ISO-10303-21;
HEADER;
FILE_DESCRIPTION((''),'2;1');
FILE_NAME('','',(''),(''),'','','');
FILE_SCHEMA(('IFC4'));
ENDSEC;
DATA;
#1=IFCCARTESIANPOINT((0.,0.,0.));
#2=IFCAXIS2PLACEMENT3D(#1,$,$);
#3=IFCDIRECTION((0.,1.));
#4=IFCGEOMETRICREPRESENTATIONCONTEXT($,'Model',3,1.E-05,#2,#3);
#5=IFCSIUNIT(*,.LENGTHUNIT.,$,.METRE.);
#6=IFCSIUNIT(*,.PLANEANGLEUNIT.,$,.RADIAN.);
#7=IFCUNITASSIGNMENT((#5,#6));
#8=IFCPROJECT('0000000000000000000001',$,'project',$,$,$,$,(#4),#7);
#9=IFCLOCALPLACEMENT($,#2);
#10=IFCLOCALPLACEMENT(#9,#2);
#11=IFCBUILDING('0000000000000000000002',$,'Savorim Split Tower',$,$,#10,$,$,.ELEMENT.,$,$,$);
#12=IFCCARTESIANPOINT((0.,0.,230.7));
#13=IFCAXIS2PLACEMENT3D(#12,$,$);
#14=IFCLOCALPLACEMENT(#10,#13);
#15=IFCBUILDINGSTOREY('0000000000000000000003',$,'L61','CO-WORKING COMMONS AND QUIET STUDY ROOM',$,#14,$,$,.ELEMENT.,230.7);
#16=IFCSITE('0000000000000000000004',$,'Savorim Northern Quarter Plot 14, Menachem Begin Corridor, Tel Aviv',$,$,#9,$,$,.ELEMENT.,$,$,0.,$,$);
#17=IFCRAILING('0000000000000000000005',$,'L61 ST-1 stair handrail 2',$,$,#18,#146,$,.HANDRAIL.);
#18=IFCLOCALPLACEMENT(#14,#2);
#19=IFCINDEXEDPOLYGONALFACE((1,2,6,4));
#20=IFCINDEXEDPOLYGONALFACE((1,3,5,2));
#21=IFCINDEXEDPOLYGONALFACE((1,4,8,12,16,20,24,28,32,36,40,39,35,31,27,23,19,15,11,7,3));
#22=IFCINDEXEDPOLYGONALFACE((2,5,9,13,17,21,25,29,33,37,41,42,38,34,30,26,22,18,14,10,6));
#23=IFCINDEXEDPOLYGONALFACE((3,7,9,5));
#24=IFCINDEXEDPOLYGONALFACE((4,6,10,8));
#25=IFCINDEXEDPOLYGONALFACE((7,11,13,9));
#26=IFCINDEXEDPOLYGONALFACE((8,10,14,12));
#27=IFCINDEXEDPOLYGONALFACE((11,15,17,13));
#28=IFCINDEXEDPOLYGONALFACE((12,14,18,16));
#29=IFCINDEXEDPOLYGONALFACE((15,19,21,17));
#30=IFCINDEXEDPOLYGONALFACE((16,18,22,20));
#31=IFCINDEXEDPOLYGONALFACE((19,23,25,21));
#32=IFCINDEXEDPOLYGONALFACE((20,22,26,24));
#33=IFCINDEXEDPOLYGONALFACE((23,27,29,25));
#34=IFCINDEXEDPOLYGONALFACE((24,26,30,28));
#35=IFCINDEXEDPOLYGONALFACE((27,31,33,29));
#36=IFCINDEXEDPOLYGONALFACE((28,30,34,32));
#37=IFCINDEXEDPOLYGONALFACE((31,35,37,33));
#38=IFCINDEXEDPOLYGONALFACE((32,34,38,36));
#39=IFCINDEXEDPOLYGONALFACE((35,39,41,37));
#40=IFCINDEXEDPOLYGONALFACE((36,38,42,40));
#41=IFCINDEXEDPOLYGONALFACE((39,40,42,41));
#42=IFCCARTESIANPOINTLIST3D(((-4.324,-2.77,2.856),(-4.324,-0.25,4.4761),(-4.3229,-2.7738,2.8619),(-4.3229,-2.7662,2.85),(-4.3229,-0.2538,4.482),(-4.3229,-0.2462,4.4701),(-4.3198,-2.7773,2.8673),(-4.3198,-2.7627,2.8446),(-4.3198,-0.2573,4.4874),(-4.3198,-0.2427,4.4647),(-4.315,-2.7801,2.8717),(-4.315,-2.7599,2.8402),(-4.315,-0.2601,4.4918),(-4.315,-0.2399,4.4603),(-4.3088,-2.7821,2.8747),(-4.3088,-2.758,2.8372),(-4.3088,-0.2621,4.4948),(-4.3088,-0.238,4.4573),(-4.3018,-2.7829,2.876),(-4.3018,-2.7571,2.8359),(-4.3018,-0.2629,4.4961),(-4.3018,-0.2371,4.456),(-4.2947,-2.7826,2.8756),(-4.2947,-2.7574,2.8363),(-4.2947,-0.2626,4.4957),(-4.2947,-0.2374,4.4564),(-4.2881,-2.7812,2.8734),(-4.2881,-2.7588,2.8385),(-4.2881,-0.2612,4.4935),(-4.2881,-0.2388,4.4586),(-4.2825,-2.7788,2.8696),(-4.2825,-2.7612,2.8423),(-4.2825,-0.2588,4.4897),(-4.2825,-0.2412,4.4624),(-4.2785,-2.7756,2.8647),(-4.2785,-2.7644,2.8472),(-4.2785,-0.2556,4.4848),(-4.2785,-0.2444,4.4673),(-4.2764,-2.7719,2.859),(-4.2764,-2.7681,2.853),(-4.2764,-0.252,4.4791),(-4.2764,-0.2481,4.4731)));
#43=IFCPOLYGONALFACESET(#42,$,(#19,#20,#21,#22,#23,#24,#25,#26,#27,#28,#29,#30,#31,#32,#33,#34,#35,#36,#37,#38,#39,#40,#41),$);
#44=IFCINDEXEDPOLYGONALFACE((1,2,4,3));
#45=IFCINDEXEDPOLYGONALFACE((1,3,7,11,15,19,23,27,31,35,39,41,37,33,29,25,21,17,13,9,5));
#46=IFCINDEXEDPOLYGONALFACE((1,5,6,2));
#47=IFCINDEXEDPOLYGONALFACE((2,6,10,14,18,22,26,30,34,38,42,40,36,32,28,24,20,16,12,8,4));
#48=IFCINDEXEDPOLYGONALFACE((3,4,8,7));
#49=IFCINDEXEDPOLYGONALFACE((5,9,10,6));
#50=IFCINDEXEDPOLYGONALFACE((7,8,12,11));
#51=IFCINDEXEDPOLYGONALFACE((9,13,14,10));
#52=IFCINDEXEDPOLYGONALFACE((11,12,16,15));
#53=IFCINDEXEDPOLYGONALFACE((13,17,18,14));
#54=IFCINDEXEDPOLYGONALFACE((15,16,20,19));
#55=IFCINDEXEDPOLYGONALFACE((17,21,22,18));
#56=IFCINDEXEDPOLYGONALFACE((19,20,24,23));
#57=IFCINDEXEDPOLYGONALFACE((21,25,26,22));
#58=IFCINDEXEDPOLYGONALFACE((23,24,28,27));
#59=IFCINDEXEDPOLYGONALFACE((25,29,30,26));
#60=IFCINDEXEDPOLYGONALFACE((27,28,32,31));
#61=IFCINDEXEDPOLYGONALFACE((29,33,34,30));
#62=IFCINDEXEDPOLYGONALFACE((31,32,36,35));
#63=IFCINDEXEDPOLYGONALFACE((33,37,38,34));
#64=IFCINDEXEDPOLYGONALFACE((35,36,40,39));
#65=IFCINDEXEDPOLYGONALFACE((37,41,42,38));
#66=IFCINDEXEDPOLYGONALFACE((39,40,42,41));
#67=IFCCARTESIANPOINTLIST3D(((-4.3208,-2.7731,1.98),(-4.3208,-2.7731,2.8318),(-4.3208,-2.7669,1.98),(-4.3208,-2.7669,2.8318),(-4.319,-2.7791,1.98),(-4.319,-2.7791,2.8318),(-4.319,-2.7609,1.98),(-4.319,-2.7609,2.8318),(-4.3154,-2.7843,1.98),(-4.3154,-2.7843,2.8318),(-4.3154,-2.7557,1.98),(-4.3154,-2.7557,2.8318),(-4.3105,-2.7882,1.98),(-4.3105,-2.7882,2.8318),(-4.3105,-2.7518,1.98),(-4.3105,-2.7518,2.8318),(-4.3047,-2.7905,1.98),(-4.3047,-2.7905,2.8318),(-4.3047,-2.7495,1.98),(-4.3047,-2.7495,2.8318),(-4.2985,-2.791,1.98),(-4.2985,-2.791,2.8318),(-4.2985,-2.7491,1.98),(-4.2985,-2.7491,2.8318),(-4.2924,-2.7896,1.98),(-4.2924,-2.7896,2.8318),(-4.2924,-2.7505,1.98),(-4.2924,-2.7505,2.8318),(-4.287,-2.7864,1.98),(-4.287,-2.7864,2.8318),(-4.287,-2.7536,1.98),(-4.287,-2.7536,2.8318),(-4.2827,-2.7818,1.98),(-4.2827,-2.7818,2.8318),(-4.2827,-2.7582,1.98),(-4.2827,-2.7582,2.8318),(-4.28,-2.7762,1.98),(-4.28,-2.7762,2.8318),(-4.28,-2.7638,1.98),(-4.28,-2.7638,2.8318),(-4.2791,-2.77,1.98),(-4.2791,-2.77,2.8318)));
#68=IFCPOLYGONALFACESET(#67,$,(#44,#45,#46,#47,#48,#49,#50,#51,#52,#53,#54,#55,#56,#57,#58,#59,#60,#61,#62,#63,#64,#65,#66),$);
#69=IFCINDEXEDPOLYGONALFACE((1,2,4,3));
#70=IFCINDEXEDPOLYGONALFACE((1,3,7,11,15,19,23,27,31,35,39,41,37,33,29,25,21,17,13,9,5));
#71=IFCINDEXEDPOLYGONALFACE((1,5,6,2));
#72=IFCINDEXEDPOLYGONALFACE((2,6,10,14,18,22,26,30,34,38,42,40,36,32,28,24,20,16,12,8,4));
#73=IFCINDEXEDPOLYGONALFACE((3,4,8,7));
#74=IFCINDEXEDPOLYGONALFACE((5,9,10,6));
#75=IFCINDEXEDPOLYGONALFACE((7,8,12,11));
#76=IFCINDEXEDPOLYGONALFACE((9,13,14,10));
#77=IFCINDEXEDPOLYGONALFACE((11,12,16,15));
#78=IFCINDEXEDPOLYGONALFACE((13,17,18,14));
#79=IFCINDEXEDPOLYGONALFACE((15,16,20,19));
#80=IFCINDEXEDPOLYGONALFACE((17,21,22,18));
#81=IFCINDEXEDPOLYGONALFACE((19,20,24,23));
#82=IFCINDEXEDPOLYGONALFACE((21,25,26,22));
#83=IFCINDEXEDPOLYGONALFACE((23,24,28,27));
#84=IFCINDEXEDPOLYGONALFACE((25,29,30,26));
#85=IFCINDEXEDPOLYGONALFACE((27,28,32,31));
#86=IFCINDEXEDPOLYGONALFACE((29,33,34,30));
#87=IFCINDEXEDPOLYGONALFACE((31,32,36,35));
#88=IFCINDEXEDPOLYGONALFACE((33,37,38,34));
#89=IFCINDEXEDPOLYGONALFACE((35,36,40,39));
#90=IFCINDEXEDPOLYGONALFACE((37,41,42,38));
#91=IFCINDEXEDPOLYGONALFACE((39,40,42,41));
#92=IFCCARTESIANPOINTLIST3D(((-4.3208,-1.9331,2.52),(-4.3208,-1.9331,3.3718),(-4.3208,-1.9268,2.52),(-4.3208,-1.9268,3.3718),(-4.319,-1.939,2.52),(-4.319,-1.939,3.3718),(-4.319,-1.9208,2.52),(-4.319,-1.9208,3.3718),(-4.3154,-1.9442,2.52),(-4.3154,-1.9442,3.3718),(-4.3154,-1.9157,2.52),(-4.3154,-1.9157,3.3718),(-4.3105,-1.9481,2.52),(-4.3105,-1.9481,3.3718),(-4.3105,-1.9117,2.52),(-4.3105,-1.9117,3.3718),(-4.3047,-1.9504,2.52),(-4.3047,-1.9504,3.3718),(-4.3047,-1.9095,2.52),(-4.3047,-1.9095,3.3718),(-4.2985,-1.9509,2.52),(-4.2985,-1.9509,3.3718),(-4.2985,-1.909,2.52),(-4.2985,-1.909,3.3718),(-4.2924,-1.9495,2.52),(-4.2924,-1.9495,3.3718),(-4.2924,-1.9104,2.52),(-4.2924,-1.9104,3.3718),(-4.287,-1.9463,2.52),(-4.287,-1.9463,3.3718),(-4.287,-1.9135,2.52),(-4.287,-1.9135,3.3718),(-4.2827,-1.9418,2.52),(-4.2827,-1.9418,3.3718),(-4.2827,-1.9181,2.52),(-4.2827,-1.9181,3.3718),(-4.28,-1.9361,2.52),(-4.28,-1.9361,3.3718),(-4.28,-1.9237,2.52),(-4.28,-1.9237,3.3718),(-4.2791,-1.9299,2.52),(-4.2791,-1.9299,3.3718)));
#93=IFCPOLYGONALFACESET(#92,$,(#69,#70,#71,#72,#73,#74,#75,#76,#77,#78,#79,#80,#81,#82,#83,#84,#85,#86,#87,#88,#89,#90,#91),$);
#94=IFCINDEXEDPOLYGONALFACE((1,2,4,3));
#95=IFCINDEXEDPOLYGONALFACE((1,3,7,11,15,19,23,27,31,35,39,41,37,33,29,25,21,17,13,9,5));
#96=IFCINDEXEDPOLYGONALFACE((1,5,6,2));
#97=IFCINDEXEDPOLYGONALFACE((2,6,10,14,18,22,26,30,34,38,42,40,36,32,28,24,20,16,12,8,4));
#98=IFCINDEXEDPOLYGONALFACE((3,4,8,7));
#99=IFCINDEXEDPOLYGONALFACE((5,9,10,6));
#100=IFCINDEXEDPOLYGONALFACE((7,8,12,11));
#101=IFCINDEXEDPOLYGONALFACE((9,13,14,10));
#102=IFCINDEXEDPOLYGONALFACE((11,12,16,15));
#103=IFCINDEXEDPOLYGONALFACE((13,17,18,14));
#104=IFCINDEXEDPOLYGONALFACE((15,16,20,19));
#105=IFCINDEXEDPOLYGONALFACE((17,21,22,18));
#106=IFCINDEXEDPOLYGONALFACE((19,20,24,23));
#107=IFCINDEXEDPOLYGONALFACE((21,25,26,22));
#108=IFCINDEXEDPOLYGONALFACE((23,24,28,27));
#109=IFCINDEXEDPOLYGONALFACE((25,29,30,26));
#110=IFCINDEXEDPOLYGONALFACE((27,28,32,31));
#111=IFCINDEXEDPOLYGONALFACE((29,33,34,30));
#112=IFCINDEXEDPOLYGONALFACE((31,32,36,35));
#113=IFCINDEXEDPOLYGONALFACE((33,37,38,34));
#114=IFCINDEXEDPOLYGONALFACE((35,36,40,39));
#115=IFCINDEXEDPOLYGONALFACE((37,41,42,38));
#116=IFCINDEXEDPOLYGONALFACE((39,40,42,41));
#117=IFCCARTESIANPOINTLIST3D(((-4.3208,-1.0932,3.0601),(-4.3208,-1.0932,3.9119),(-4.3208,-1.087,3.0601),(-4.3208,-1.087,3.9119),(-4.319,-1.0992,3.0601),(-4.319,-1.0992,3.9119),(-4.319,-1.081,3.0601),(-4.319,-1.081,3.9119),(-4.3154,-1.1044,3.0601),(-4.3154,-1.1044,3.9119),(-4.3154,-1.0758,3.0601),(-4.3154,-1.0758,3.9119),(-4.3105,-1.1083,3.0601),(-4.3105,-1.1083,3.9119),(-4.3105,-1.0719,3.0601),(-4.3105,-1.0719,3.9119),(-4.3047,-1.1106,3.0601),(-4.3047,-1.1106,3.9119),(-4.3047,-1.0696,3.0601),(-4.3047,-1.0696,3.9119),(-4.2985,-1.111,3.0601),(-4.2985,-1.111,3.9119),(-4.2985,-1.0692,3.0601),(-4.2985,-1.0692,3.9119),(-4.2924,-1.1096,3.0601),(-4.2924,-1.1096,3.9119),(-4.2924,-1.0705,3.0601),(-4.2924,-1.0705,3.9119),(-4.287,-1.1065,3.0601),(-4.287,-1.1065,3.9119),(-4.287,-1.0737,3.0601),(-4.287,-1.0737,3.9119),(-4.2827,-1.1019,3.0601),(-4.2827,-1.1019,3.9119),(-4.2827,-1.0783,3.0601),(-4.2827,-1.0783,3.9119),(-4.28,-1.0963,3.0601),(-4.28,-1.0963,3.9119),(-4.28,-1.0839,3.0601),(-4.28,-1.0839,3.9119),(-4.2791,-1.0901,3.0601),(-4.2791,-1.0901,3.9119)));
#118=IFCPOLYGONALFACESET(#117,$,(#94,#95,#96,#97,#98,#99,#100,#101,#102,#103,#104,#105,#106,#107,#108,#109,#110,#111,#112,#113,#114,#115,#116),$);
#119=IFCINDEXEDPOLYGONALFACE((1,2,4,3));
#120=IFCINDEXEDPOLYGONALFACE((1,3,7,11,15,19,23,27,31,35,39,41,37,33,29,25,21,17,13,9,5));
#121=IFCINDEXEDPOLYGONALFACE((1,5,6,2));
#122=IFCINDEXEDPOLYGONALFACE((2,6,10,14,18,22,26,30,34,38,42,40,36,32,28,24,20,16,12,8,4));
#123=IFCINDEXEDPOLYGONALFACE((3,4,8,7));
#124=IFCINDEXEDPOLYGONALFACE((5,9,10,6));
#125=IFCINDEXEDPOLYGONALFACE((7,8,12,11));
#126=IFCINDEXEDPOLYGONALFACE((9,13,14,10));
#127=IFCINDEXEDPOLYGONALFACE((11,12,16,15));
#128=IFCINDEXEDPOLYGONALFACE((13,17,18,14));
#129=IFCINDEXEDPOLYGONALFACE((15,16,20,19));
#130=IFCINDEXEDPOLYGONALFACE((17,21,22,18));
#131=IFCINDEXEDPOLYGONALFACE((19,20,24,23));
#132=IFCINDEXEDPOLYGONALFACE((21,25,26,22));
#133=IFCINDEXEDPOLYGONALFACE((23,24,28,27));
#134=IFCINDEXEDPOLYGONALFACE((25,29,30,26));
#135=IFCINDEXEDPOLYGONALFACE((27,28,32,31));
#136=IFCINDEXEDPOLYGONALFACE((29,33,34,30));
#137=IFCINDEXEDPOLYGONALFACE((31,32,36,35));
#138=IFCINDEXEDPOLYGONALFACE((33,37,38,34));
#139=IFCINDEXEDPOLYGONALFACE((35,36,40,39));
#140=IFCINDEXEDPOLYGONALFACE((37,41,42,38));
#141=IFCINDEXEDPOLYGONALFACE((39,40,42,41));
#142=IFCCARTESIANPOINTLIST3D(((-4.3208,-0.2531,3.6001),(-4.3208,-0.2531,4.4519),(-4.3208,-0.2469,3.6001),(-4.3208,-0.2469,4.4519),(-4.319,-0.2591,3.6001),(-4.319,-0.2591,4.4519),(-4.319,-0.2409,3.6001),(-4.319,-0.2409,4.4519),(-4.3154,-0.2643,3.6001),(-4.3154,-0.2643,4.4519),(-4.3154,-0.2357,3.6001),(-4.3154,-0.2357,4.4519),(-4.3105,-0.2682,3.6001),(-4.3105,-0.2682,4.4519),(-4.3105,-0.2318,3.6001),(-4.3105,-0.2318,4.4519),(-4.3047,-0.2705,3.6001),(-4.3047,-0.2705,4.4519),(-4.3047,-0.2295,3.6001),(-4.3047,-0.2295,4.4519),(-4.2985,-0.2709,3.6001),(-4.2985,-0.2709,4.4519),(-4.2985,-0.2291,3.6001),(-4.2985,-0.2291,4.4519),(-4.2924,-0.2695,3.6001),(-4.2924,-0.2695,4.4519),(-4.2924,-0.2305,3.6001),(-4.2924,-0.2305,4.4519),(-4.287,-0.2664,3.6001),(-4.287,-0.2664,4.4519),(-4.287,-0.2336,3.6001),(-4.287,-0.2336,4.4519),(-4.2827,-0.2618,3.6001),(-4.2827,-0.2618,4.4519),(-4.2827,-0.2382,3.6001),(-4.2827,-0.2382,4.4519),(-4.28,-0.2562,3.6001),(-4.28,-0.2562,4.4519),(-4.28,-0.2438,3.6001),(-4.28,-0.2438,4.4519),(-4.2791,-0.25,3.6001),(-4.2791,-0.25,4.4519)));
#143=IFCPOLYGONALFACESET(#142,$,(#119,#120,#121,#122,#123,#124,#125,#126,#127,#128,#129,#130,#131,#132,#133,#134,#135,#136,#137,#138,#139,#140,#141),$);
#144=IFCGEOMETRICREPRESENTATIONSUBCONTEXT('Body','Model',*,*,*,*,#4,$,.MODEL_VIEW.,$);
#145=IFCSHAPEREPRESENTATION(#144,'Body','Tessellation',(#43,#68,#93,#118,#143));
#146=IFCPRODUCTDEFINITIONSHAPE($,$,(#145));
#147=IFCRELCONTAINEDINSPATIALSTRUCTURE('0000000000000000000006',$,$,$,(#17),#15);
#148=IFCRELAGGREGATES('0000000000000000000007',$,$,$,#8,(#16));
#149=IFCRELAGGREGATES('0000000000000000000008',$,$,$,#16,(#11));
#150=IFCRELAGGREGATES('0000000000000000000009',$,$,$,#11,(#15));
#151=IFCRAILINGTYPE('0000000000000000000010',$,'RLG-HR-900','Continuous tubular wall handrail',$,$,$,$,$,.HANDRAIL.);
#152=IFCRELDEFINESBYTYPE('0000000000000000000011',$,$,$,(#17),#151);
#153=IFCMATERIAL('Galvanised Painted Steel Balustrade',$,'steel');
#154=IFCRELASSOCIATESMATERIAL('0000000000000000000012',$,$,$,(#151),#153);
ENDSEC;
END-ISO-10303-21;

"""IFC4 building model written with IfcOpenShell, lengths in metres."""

from ifc_helpers import new_model, si_unit, direction, frame, origin, origin_2d, place, context, subcontext, project, spatial, circle, extrude, material, type_object, element, save


model = new_model("IFC4")

# Units and contexts
model_context = context("Model", 3, precision=1e-05, world=origin(), true_north=direction((0.0, 1.0)))
body_context = subcontext(model_context, "Body", "Model", "MODEL_VIEW")
ifc_project = project(units=[si_unit("LENGTHUNIT", "METRE"), si_unit("PLANEANGLEUNIT", "RADIAN")], contexts=[model_context])

# Site, building, storey
site_placement = place(None, origin())
site = spatial("IfcSite", under=ifc_project, at=site_placement, Name="Savorim Northern Quarter Plot 14, Menachem Begin Corridor, Tel Aviv", CompositionType="ELEMENT", RefElevation=0.0)
building_placement = place(site_placement, origin())
building = spatial("IfcBuilding", under=site, at=building_placement, Name="Savorim Split Tower", CompositionType="ELEMENT")
storey_placement = place(building_placement, frame((0.0, 0.0, 230.7)))
storey = spatial("IfcBuildingStorey", under=building, at=storey_placement, Name="L61", Description="CO-WORKING COMMONS AND QUIET STUDY ROOM", CompositionType="ELEMENT", Elevation=230.7)

# Railing
ifc_material_1 = material(Name="Galvanised Painted Steel Balustrade", Category="steel")
railing_type_1 = type_object("IfcRailingType", Name="RLG-HR-900", Description="Continuous tubular wall handrail", PredefinedType="HANDRAIL", material=ifc_material_1)
railing_1_placement = place(storey_placement, frame((-4.3, -2.77, 1.98)))
element("IfcRailing", 1, at=railing_1_placement, inside=storey, type_object=railing_type_1, Name="L61 ST-1 stair handrail 2", PredefinedType="HANDRAIL", context=body_context, shape_type="SweptSolid", body=[
    extrude(circle(Radius=0.0239, at=origin_2d()), frame((0.0, 0.0, 0.876), z_axis=(0.0, 0.841163, 0.540782), x_axis=(-1.0, 0.0, 0.0)), (0.0, 0.0, 1.0), 2.9958),
    extrude(circle(Radius=0.021, at=origin_2d()), origin(), (0.0, 0.0, 1.0), 0.8518),
    extrude(circle(Radius=0.021, at=origin_2d()), frame((0.0, 0.8401, 0.54)), (0.0, 0.0, 1.0), 0.8518),
    extrude(circle(Radius=0.021, at=origin_2d()), frame((0.0, 1.6799, 1.0801)), (0.0, 0.0, 1.0), 0.8518),
    extrude(circle(Radius=0.021, at=origin_2d()), frame((0.0, 2.52, 1.6201)), (0.0, 0.0, 1.0), 0.8518),
])

save(model, "model.ifc")
